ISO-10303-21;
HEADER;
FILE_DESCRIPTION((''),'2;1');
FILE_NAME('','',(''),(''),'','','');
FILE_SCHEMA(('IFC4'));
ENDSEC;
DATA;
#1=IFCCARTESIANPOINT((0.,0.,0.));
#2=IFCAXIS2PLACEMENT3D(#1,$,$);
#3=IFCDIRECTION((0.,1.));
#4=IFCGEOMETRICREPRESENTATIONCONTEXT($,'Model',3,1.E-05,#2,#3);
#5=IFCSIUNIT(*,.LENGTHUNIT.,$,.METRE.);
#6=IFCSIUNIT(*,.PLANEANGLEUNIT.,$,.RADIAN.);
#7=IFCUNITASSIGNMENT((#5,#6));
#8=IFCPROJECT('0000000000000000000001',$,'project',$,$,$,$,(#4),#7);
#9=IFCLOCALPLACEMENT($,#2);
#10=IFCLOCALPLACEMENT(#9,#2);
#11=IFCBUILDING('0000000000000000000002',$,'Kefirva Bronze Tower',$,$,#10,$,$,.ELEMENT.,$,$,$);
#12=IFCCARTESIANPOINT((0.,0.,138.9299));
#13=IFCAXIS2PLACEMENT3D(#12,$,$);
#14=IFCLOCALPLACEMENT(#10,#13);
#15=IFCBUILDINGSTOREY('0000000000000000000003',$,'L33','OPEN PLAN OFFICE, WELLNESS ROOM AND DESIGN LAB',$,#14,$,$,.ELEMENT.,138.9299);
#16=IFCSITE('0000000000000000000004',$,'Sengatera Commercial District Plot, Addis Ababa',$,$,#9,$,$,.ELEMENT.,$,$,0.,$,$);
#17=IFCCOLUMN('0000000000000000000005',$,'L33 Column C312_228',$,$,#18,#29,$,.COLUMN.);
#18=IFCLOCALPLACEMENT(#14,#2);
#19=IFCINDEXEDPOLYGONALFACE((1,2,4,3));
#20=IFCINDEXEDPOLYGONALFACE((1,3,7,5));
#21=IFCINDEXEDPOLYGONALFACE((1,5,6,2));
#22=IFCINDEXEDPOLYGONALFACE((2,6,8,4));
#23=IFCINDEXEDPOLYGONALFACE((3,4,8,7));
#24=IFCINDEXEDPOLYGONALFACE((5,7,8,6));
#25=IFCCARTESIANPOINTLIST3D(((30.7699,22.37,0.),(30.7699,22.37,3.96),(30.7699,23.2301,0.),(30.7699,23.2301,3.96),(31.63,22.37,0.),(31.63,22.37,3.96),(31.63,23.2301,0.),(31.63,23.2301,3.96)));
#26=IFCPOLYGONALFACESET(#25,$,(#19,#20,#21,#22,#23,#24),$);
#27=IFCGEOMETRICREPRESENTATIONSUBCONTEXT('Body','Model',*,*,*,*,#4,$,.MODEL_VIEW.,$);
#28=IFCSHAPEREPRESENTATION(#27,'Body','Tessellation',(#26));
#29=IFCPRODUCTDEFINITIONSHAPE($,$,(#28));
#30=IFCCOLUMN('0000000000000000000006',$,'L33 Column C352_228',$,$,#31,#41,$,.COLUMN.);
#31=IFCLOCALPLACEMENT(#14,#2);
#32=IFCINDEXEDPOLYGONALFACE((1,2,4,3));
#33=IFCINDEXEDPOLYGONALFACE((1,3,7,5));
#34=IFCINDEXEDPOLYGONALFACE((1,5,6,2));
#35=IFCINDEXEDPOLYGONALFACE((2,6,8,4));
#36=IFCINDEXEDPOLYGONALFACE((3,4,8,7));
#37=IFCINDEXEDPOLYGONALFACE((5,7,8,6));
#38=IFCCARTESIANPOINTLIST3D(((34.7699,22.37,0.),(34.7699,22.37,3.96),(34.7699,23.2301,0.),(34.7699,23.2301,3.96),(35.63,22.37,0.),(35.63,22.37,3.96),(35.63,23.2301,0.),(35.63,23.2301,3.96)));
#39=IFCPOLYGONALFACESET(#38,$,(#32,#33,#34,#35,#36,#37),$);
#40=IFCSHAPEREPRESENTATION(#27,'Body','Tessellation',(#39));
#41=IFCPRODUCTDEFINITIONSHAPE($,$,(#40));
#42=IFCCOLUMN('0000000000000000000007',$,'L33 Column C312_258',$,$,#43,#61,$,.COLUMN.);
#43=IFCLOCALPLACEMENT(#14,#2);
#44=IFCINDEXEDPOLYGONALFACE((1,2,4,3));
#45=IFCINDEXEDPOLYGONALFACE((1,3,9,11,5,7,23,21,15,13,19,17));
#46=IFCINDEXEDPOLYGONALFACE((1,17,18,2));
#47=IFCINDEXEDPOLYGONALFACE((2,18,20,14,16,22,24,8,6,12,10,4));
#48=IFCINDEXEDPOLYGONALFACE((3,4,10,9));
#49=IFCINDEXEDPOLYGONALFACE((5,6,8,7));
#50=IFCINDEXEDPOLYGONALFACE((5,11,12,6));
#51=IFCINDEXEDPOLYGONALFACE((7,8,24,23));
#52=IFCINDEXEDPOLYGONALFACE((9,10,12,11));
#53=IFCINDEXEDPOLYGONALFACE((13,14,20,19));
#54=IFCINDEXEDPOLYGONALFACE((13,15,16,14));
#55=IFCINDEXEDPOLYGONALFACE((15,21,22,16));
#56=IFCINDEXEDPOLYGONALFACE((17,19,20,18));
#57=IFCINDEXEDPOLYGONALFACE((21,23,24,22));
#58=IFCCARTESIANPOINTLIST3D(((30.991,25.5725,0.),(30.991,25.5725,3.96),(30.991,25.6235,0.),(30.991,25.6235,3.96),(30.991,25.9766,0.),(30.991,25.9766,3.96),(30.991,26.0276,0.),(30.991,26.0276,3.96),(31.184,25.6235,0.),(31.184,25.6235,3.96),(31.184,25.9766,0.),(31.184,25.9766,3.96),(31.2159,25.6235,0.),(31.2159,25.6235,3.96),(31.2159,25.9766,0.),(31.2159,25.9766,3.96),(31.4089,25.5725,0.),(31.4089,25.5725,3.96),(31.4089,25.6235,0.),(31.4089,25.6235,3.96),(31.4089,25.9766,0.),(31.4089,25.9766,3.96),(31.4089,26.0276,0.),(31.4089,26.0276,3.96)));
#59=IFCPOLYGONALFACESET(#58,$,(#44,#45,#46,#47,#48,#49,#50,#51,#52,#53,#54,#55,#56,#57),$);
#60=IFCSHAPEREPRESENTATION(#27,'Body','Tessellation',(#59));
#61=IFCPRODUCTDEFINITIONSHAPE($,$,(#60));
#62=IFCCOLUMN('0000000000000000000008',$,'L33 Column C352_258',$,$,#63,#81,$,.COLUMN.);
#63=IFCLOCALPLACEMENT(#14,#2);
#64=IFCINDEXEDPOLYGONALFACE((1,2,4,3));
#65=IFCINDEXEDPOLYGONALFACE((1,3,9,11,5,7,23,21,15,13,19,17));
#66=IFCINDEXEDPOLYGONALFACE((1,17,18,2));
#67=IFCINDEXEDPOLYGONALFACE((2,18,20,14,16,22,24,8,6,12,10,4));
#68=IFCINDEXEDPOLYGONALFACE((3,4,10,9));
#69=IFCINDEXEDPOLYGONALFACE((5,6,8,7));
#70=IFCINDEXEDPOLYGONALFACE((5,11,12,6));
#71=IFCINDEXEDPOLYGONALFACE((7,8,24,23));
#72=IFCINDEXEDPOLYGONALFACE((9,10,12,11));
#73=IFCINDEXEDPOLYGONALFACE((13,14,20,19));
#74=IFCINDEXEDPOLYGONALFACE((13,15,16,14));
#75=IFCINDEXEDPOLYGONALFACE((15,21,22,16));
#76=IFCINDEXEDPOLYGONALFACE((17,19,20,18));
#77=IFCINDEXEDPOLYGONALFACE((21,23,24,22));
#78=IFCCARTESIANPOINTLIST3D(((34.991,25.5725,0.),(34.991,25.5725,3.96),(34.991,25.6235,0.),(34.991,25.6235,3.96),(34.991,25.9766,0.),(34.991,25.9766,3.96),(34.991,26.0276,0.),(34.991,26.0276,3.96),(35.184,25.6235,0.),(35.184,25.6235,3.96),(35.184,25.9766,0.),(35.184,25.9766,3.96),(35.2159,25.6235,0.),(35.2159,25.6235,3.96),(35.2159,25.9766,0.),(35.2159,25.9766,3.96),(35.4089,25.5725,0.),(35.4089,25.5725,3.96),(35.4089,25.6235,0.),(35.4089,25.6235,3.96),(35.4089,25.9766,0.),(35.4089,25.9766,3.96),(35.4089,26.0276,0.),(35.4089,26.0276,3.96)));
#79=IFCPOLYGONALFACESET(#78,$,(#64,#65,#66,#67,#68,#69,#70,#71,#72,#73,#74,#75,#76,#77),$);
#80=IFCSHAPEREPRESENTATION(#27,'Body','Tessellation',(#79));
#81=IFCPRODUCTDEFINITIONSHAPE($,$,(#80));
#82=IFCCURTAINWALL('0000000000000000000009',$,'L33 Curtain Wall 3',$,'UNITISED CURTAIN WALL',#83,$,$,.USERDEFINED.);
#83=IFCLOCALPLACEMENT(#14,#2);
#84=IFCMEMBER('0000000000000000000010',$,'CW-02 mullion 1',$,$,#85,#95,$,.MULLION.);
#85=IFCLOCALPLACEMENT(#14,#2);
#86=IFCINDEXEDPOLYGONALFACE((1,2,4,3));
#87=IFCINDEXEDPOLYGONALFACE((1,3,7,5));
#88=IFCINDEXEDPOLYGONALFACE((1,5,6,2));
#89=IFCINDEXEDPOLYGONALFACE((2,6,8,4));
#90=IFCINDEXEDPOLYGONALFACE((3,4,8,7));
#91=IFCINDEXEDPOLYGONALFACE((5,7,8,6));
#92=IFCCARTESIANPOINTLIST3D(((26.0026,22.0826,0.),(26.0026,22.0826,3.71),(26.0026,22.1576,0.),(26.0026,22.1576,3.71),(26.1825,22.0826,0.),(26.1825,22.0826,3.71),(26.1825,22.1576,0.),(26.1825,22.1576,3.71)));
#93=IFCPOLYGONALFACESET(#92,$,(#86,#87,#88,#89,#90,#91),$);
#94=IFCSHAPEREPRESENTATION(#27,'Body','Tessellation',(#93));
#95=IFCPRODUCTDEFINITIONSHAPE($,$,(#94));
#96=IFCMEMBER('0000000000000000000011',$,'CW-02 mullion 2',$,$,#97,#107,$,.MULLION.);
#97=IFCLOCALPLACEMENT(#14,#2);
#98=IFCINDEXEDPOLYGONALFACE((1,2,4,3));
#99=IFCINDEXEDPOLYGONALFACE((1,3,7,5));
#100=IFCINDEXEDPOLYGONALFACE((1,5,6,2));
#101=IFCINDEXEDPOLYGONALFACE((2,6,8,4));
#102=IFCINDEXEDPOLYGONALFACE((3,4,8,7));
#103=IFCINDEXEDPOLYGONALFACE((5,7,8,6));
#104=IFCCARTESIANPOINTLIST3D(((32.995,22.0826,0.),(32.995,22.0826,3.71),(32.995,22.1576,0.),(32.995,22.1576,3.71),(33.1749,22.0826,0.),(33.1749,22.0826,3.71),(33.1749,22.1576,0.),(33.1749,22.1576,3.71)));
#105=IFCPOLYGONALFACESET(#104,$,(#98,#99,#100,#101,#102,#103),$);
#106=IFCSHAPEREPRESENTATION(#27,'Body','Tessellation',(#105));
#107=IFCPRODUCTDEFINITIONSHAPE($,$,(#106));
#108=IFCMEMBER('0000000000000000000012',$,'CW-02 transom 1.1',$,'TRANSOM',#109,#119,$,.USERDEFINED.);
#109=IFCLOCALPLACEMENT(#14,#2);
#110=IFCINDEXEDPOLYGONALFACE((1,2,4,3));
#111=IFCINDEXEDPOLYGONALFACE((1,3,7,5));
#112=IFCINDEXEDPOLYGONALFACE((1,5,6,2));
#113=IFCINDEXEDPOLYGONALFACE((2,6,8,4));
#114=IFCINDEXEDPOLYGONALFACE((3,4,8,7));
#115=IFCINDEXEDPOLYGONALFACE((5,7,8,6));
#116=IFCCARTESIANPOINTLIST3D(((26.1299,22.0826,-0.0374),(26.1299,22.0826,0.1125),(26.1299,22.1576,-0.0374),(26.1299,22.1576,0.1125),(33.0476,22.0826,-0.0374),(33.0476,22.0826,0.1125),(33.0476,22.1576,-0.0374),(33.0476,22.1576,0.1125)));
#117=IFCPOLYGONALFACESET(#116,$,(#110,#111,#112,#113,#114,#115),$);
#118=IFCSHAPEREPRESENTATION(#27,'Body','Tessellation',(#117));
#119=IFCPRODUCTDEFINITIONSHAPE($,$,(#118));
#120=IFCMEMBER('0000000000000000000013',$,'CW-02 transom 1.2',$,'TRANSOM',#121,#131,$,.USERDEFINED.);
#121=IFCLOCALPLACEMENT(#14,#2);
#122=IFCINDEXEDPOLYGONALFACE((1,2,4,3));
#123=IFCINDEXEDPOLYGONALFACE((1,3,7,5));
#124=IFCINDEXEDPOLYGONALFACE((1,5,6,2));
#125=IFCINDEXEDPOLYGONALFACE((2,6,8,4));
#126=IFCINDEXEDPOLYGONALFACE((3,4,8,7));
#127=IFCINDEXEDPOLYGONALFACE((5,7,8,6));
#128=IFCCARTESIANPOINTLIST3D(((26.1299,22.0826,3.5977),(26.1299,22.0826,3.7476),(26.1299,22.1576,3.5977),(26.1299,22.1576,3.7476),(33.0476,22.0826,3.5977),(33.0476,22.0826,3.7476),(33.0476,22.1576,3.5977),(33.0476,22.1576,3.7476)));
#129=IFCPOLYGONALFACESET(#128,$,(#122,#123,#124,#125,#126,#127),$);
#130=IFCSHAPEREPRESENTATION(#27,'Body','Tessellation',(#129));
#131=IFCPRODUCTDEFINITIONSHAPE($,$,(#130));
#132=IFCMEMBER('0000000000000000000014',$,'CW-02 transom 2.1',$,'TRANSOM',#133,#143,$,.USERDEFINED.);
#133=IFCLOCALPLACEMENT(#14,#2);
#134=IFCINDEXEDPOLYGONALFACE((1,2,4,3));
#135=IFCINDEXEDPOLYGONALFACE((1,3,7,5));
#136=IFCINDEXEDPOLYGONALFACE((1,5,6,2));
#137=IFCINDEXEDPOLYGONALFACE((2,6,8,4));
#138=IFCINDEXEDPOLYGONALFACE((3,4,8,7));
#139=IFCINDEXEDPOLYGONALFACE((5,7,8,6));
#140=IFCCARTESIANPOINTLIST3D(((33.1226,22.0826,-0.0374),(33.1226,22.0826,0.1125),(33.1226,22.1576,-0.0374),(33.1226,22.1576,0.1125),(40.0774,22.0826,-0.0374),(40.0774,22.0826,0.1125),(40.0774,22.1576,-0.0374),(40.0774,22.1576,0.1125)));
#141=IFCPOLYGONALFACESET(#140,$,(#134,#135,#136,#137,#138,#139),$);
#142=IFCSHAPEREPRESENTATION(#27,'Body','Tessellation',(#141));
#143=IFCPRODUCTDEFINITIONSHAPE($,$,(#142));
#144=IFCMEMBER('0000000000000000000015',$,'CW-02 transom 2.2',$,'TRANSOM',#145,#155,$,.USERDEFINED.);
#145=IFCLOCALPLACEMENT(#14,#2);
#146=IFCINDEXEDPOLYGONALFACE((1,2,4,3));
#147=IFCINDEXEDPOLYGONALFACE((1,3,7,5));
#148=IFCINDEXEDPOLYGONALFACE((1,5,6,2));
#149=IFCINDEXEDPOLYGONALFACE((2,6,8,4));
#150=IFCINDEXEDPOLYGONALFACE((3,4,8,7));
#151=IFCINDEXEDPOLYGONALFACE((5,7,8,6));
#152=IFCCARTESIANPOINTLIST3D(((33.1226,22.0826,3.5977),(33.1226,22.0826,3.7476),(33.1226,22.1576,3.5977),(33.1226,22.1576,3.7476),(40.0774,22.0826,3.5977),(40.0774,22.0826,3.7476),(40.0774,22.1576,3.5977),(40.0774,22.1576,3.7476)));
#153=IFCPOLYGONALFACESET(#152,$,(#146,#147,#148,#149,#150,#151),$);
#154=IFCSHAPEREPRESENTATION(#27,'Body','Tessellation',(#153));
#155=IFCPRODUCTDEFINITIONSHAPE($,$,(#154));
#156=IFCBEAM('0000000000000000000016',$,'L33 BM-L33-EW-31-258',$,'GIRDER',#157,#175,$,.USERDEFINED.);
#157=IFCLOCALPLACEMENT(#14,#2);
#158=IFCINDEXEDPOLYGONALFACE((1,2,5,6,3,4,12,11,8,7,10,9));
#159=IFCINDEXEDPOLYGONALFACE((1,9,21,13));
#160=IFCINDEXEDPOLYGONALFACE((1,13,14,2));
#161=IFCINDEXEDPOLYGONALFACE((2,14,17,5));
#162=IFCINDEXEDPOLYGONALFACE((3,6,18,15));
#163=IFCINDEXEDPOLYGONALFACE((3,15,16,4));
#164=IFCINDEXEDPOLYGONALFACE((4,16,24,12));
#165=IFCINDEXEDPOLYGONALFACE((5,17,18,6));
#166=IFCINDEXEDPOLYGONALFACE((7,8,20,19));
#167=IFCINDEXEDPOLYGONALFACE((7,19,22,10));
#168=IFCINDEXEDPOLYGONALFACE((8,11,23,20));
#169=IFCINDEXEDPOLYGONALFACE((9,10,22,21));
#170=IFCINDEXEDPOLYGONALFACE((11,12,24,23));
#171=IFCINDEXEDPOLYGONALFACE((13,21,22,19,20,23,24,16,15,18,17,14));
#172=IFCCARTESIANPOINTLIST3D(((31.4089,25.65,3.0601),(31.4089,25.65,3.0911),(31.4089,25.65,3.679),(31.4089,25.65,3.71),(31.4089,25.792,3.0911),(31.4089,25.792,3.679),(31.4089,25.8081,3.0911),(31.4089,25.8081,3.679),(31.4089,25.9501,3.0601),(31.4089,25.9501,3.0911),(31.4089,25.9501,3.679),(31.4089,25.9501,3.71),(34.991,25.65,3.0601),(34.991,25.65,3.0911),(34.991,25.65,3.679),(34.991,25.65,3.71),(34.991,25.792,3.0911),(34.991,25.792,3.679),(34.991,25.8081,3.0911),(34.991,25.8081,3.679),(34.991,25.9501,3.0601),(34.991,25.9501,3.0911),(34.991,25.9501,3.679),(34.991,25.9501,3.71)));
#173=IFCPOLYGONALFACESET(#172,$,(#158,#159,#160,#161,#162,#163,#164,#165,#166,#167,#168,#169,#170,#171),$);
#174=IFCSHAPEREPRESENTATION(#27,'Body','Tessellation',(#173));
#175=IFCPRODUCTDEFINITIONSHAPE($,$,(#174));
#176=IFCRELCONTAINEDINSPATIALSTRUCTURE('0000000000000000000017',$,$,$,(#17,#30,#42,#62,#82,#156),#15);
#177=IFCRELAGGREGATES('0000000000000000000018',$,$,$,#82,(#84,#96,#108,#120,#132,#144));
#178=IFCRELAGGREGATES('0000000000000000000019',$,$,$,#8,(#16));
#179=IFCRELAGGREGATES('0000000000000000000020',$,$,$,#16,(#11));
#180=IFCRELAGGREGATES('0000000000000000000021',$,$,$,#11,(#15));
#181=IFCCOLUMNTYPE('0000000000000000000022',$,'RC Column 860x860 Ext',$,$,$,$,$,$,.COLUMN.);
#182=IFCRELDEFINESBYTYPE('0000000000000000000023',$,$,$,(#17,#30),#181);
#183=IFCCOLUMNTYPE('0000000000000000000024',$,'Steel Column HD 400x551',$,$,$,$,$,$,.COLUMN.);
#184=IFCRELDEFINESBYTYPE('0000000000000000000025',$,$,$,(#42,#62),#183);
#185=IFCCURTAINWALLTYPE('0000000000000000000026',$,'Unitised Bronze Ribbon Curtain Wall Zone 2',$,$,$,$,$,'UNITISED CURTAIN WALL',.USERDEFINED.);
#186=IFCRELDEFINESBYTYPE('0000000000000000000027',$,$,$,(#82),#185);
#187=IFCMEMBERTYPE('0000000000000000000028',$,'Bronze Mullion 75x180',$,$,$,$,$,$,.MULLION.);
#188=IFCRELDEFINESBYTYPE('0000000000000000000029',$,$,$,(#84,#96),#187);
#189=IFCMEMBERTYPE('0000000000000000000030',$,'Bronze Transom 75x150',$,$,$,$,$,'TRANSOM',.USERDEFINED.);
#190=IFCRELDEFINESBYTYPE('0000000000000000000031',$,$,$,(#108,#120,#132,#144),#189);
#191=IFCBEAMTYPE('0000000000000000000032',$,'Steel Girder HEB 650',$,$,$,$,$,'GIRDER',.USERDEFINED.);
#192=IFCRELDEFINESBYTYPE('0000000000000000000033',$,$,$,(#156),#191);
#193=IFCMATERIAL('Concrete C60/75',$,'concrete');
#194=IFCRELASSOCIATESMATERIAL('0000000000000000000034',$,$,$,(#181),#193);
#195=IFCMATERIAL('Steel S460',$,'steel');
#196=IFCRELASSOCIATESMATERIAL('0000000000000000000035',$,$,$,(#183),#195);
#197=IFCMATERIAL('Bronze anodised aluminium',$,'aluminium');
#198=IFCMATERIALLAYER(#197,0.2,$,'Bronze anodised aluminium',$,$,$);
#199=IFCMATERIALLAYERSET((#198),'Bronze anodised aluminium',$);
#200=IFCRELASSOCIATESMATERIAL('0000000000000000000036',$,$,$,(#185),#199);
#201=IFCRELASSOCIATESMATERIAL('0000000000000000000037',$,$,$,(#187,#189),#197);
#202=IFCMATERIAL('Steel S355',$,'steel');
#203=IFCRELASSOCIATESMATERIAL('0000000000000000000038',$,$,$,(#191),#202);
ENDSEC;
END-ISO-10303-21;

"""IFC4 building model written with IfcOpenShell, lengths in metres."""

from ifc_helpers import new_model, si_unit, direction, frame, origin, origin_2d, place, context, subcontext, project, spatial, rectangle, i_section, extrude, material, layer, layer_set, material_profile, profile_set, type_object, element, aggregate, save


model = new_model("IFC4")

# Units and contexts
model_context = context("Model", 3, precision=1e-05, world=origin(), true_north=direction((0.0, 1.0)))
body_context = subcontext(model_context, "Body", "Model", "MODEL_VIEW")
ifc_project = project(units=[si_unit("LENGTHUNIT", "METRE"), si_unit("PLANEANGLEUNIT", "RADIAN")], contexts=[model_context])

# Site, building, storey
site_placement = place(None, origin())
site = spatial("IfcSite", under=ifc_project, at=site_placement, Name="Sengatera Commercial District Plot, Addis Ababa", CompositionType="ELEMENT", RefElevation=0.0)
building_placement = place(site_placement, origin())
building = spatial("IfcBuilding", under=site, at=building_placement, Name="Kefirva Bronze Tower", CompositionType="ELEMENT")
storey_placement = place(building_placement, frame((0.0, 0.0, 138.9299)))
storey = spatial("IfcBuildingStorey", under=building, at=storey_placement, Name="L33", Description="OPEN PLAN OFFICE, WELLNESS ROOM AND DESIGN LAB", CompositionType="ELEMENT", Elevation=138.9299)

# Columns
ifc_material_1 = material(Name="Concrete C60/75", Category="concrete")
ifc_material_profile_1 = material_profile(ifc_material_1, rectangle(XDim=0.8601, YDim=0.8601, at=origin_2d()), Name="RC 860x860")
ifc_profile_set_1 = profile_set([ifc_material_profile_1], Name="Concrete C60/75")
column_type_1 = type_object("IfcColumnType", Name="RC Column 860x860 Ext", PredefinedType="COLUMN", material=ifc_profile_set_1)
for number, where, z_axis, x_axis, name in (
    (1, (31.2, 22.8, 0.0), (0.0, 0.0, 1.0), (1.0, 0.0, 0.0), "L33 Column C312_228"),
    (2, (35.2, 22.8, 0.0), (0.0, 0.0, 1.0), (1.0, 0.0, 0.0), "L33 Column C352_228"),
):
    element("IfcColumn", number, at=place(storey_placement, frame(where, z_axis=z_axis, x_axis=x_axis)), inside=storey, type_object=column_type_1, Name=name, PredefinedType="COLUMN", context=body_context, shape_type="SweptSolid", body=[
        extrude(rectangle(XDim=0.8601, YDim=0.8601, at=origin_2d()), origin(), (0.0, 0.0, 1.0), 3.96),
    ])
ifc_material_2 = material(Name="Steel S460", Category="steel")
ifc_material_profile_2 = material_profile(ifc_material_2, i_section(OverallWidth=0.418, OverallDepth=0.4551, WebThickness=0.032, FlangeThickness=0.051, at=origin_2d()), Name="HD 400x551")
ifc_profile_set_2 = profile_set([ifc_material_profile_2], Name="Steel S460")
column_type_2 = type_object("IfcColumnType", Name="Steel Column HD 400x551", PredefinedType="COLUMN", material=ifc_profile_set_2)
for number, where, z_axis, x_axis, name in (
    (3, (31.2, 25.8, 0.0), (0.0, 0.0, 1.0), (1.0, 0.0, 0.0), "L33 Column C312_258"),
    (4, (35.2, 25.8, 0.0), (0.0, 0.0, 1.0), (1.0, 0.0, 0.0), "L33 Column C352_258"),
):
    element("IfcColumn", number, at=place(storey_placement, frame(where, z_axis=z_axis, x_axis=x_axis)), inside=storey, type_object=column_type_2, Name=name, PredefinedType="COLUMN", context=body_context, shape_type="SweptSolid", body=[
        extrude(i_section(OverallWidth=0.418, OverallDepth=0.4551, WebThickness=0.032, FlangeThickness=0.051, at=origin_2d()), origin(), (0.0, 0.0, 1.0), 3.96),
    ])

# Curtain wall, members
ifc_material_3 = material(Name="Bronze anodised aluminium", Category="aluminium")
ifc_layer_1 = layer(ifc_material_3, 0.2, Name="Bronze anodised aluminium")
ifc_layer_set_1 = layer_set([ifc_layer_1], Name="Bronze anodised aluminium")
curtain_wall_type = type_object("IfcCurtainWallType", Name="Unitised Bronze Ribbon Curtain Wall Zone 2", ElementType="UNITISED CURTAIN WALL", PredefinedType="USERDEFINED", material=ifc_layer_set_1)
curtain_wall_placement = place(storey_placement, origin())
curtain_wall = element("IfcCurtainWall", 5, at=curtain_wall_placement, inside=storey, type_object=curtain_wall_type, Name="L33 Curtain Wall 3", ObjectType="UNITISED CURTAIN WALL", PredefinedType="USERDEFINED")
ifc_material_profile_3 = material_profile(ifc_material_3, rectangle(XDim=0.075, YDim=0.1799, at=origin_2d()), Name="ALU 75x180")
ifc_profile_set_3 = profile_set([ifc_material_profile_3], Name="Bronze anodised aluminium")
member_type_1 = type_object("IfcMemberType", Name="Bronze Mullion 75x180", PredefinedType="MULLION", material=ifc_profile_set_3)
member_1_placement = place(storey_placement, frame((26.0925, 22.1201, 0.0), z_axis=(0.0, 0.0, 1.0), x_axis=(0.0, 1.0, 0.0)))
member_1 = element("IfcMember", 6, at=member_1_placement, type_object=member_type_1, Name="CW-02 mullion 1", PredefinedType="MULLION", context=body_context, shape_type="SweptSolid", body=[
    extrude(rectangle(XDim=0.075, YDim=0.1799, at=origin_2d()), origin(), (0.0, 0.0, 1.0), 3.71),
])
member_2_placement = place(storey_placement, frame((33.085, 22.1201, 0.0), z_axis=(0.0, 0.0, 1.0), x_axis=(0.0, 1.0, 0.0)))
member_2 = element("IfcMember", 7, at=member_2_placement, type_object=member_type_1, Name="CW-02 mullion 2", PredefinedType="MULLION", context=body_context, shape_type="SweptSolid", body=[
    extrude(rectangle(XDim=0.075, YDim=0.1799, at=origin_2d()), origin(), (0.0, 0.0, 1.0), 3.71),
])
ifc_material_profile_4 = material_profile(ifc_material_3, rectangle(XDim=0.075, YDim=0.1499, at=origin_2d()), Name="ALU 75x150")
ifc_profile_set_4 = profile_set([ifc_material_profile_4], Name="Bronze anodised aluminium")
member_type_2 = type_object("IfcMemberType", Name="Bronze Transom 75x150", ElementType="TRANSOM", PredefinedType="USERDEFINED", material=ifc_profile_set_4)
member_3_placement = place(storey_placement, frame((26.1299, 22.1201, 0.0376), z_axis=(1.0, 0.0, 0.0), x_axis=(0.0, 1.0, 0.0)))
member_3 = element("IfcMember", 8, at=member_3_placement, type_object=member_type_2, Name="CW-02 transom 1.1", ObjectType="TRANSOM", PredefinedType="USERDEFINED", context=body_context, shape_type="SweptSolid", body=[
    extrude(rectangle(XDim=0.075, YDim=0.1499, at=origin_2d()), origin(), (0.0, 0.0, 1.0), 6.9177),
])
member_4_placement = place(storey_placement, frame((26.1299, 22.1201, 3.6726), z_axis=(1.0, 0.0, 0.0), x_axis=(0.0, 1.0, 0.0)))
member_4 = element("IfcMember", 9, at=member_4_placement, type_object=member_type_2, Name="CW-02 transom 1.2", ObjectType="TRANSOM", PredefinedType="USERDEFINED", context=body_context, shape_type="SweptSolid", body=[
    extrude(rectangle(XDim=0.075, YDim=0.1499, at=origin_2d()), origin(), (0.0, 0.0, 1.0), 6.9177),
])
member_5_placement = place(storey_placement, frame((33.1226, 22.1201, 0.0376), z_axis=(1.0, 0.0, 0.0), x_axis=(0.0, 1.0, 0.0)))
member_5 = element("IfcMember", 10, at=member_5_placement, type_object=member_type_2, Name="CW-02 transom 2.1", ObjectType="TRANSOM", PredefinedType="USERDEFINED", context=body_context, shape_type="SweptSolid", body=[
    extrude(rectangle(XDim=0.075, YDim=0.1499, at=origin_2d()), origin(), (0.0, 0.0, 1.0), 6.9548),
])
member_6_placement = place(storey_placement, frame((33.1226, 22.1201, 3.6726), z_axis=(1.0, 0.0, 0.0), x_axis=(0.0, 1.0, 0.0)))
member_6 = element("IfcMember", 11, at=member_6_placement, type_object=member_type_2, Name="CW-02 transom 2.2", ObjectType="TRANSOM", PredefinedType="USERDEFINED", context=body_context, shape_type="SweptSolid", body=[
    extrude(rectangle(XDim=0.075, YDim=0.1499, at=origin_2d()), origin(), (0.0, 0.0, 1.0), 6.9548),
])

# Beam
ifc_material_4 = material(Name="Steel S355", Category="steel")
ifc_material_profile_5 = material_profile(ifc_material_4, i_section(OverallWidth=0.3, OverallDepth=0.6499, WebThickness=0.0161, FlangeThickness=0.031, at=origin_2d()), Name="HEB 650")
ifc_profile_set_5 = profile_set([ifc_material_profile_5], Name="Steel S355")
beam_type_1 = type_object("IfcBeamType", Name="Steel Girder HEB 650", ElementType="GIRDER", PredefinedType="USERDEFINED", material=ifc_profile_set_5)
beam_1_placement = place(storey_placement, frame((31.4089, 25.8, 3.385), z_axis=(1.0, 0.0, 0.0), x_axis=(0.0, 1.0, 0.0)))
element("IfcBeam", 12, at=beam_1_placement, inside=storey, type_object=beam_type_1, Name="L33 BM-L33-EW-31-258", ObjectType="GIRDER", PredefinedType="USERDEFINED", context=body_context, shape_type="SweptSolid", body=[
    extrude(i_section(OverallWidth=0.3, OverallDepth=0.6499, WebThickness=0.0161, FlangeThickness=0.031, at=origin_2d()), origin(), (0.0, 0.0, 1.0), 3.582),
])

aggregate(curtain_wall, [member_1, member_2, member_3, member_4, member_5, member_6])

save(model, "model.ifc")
